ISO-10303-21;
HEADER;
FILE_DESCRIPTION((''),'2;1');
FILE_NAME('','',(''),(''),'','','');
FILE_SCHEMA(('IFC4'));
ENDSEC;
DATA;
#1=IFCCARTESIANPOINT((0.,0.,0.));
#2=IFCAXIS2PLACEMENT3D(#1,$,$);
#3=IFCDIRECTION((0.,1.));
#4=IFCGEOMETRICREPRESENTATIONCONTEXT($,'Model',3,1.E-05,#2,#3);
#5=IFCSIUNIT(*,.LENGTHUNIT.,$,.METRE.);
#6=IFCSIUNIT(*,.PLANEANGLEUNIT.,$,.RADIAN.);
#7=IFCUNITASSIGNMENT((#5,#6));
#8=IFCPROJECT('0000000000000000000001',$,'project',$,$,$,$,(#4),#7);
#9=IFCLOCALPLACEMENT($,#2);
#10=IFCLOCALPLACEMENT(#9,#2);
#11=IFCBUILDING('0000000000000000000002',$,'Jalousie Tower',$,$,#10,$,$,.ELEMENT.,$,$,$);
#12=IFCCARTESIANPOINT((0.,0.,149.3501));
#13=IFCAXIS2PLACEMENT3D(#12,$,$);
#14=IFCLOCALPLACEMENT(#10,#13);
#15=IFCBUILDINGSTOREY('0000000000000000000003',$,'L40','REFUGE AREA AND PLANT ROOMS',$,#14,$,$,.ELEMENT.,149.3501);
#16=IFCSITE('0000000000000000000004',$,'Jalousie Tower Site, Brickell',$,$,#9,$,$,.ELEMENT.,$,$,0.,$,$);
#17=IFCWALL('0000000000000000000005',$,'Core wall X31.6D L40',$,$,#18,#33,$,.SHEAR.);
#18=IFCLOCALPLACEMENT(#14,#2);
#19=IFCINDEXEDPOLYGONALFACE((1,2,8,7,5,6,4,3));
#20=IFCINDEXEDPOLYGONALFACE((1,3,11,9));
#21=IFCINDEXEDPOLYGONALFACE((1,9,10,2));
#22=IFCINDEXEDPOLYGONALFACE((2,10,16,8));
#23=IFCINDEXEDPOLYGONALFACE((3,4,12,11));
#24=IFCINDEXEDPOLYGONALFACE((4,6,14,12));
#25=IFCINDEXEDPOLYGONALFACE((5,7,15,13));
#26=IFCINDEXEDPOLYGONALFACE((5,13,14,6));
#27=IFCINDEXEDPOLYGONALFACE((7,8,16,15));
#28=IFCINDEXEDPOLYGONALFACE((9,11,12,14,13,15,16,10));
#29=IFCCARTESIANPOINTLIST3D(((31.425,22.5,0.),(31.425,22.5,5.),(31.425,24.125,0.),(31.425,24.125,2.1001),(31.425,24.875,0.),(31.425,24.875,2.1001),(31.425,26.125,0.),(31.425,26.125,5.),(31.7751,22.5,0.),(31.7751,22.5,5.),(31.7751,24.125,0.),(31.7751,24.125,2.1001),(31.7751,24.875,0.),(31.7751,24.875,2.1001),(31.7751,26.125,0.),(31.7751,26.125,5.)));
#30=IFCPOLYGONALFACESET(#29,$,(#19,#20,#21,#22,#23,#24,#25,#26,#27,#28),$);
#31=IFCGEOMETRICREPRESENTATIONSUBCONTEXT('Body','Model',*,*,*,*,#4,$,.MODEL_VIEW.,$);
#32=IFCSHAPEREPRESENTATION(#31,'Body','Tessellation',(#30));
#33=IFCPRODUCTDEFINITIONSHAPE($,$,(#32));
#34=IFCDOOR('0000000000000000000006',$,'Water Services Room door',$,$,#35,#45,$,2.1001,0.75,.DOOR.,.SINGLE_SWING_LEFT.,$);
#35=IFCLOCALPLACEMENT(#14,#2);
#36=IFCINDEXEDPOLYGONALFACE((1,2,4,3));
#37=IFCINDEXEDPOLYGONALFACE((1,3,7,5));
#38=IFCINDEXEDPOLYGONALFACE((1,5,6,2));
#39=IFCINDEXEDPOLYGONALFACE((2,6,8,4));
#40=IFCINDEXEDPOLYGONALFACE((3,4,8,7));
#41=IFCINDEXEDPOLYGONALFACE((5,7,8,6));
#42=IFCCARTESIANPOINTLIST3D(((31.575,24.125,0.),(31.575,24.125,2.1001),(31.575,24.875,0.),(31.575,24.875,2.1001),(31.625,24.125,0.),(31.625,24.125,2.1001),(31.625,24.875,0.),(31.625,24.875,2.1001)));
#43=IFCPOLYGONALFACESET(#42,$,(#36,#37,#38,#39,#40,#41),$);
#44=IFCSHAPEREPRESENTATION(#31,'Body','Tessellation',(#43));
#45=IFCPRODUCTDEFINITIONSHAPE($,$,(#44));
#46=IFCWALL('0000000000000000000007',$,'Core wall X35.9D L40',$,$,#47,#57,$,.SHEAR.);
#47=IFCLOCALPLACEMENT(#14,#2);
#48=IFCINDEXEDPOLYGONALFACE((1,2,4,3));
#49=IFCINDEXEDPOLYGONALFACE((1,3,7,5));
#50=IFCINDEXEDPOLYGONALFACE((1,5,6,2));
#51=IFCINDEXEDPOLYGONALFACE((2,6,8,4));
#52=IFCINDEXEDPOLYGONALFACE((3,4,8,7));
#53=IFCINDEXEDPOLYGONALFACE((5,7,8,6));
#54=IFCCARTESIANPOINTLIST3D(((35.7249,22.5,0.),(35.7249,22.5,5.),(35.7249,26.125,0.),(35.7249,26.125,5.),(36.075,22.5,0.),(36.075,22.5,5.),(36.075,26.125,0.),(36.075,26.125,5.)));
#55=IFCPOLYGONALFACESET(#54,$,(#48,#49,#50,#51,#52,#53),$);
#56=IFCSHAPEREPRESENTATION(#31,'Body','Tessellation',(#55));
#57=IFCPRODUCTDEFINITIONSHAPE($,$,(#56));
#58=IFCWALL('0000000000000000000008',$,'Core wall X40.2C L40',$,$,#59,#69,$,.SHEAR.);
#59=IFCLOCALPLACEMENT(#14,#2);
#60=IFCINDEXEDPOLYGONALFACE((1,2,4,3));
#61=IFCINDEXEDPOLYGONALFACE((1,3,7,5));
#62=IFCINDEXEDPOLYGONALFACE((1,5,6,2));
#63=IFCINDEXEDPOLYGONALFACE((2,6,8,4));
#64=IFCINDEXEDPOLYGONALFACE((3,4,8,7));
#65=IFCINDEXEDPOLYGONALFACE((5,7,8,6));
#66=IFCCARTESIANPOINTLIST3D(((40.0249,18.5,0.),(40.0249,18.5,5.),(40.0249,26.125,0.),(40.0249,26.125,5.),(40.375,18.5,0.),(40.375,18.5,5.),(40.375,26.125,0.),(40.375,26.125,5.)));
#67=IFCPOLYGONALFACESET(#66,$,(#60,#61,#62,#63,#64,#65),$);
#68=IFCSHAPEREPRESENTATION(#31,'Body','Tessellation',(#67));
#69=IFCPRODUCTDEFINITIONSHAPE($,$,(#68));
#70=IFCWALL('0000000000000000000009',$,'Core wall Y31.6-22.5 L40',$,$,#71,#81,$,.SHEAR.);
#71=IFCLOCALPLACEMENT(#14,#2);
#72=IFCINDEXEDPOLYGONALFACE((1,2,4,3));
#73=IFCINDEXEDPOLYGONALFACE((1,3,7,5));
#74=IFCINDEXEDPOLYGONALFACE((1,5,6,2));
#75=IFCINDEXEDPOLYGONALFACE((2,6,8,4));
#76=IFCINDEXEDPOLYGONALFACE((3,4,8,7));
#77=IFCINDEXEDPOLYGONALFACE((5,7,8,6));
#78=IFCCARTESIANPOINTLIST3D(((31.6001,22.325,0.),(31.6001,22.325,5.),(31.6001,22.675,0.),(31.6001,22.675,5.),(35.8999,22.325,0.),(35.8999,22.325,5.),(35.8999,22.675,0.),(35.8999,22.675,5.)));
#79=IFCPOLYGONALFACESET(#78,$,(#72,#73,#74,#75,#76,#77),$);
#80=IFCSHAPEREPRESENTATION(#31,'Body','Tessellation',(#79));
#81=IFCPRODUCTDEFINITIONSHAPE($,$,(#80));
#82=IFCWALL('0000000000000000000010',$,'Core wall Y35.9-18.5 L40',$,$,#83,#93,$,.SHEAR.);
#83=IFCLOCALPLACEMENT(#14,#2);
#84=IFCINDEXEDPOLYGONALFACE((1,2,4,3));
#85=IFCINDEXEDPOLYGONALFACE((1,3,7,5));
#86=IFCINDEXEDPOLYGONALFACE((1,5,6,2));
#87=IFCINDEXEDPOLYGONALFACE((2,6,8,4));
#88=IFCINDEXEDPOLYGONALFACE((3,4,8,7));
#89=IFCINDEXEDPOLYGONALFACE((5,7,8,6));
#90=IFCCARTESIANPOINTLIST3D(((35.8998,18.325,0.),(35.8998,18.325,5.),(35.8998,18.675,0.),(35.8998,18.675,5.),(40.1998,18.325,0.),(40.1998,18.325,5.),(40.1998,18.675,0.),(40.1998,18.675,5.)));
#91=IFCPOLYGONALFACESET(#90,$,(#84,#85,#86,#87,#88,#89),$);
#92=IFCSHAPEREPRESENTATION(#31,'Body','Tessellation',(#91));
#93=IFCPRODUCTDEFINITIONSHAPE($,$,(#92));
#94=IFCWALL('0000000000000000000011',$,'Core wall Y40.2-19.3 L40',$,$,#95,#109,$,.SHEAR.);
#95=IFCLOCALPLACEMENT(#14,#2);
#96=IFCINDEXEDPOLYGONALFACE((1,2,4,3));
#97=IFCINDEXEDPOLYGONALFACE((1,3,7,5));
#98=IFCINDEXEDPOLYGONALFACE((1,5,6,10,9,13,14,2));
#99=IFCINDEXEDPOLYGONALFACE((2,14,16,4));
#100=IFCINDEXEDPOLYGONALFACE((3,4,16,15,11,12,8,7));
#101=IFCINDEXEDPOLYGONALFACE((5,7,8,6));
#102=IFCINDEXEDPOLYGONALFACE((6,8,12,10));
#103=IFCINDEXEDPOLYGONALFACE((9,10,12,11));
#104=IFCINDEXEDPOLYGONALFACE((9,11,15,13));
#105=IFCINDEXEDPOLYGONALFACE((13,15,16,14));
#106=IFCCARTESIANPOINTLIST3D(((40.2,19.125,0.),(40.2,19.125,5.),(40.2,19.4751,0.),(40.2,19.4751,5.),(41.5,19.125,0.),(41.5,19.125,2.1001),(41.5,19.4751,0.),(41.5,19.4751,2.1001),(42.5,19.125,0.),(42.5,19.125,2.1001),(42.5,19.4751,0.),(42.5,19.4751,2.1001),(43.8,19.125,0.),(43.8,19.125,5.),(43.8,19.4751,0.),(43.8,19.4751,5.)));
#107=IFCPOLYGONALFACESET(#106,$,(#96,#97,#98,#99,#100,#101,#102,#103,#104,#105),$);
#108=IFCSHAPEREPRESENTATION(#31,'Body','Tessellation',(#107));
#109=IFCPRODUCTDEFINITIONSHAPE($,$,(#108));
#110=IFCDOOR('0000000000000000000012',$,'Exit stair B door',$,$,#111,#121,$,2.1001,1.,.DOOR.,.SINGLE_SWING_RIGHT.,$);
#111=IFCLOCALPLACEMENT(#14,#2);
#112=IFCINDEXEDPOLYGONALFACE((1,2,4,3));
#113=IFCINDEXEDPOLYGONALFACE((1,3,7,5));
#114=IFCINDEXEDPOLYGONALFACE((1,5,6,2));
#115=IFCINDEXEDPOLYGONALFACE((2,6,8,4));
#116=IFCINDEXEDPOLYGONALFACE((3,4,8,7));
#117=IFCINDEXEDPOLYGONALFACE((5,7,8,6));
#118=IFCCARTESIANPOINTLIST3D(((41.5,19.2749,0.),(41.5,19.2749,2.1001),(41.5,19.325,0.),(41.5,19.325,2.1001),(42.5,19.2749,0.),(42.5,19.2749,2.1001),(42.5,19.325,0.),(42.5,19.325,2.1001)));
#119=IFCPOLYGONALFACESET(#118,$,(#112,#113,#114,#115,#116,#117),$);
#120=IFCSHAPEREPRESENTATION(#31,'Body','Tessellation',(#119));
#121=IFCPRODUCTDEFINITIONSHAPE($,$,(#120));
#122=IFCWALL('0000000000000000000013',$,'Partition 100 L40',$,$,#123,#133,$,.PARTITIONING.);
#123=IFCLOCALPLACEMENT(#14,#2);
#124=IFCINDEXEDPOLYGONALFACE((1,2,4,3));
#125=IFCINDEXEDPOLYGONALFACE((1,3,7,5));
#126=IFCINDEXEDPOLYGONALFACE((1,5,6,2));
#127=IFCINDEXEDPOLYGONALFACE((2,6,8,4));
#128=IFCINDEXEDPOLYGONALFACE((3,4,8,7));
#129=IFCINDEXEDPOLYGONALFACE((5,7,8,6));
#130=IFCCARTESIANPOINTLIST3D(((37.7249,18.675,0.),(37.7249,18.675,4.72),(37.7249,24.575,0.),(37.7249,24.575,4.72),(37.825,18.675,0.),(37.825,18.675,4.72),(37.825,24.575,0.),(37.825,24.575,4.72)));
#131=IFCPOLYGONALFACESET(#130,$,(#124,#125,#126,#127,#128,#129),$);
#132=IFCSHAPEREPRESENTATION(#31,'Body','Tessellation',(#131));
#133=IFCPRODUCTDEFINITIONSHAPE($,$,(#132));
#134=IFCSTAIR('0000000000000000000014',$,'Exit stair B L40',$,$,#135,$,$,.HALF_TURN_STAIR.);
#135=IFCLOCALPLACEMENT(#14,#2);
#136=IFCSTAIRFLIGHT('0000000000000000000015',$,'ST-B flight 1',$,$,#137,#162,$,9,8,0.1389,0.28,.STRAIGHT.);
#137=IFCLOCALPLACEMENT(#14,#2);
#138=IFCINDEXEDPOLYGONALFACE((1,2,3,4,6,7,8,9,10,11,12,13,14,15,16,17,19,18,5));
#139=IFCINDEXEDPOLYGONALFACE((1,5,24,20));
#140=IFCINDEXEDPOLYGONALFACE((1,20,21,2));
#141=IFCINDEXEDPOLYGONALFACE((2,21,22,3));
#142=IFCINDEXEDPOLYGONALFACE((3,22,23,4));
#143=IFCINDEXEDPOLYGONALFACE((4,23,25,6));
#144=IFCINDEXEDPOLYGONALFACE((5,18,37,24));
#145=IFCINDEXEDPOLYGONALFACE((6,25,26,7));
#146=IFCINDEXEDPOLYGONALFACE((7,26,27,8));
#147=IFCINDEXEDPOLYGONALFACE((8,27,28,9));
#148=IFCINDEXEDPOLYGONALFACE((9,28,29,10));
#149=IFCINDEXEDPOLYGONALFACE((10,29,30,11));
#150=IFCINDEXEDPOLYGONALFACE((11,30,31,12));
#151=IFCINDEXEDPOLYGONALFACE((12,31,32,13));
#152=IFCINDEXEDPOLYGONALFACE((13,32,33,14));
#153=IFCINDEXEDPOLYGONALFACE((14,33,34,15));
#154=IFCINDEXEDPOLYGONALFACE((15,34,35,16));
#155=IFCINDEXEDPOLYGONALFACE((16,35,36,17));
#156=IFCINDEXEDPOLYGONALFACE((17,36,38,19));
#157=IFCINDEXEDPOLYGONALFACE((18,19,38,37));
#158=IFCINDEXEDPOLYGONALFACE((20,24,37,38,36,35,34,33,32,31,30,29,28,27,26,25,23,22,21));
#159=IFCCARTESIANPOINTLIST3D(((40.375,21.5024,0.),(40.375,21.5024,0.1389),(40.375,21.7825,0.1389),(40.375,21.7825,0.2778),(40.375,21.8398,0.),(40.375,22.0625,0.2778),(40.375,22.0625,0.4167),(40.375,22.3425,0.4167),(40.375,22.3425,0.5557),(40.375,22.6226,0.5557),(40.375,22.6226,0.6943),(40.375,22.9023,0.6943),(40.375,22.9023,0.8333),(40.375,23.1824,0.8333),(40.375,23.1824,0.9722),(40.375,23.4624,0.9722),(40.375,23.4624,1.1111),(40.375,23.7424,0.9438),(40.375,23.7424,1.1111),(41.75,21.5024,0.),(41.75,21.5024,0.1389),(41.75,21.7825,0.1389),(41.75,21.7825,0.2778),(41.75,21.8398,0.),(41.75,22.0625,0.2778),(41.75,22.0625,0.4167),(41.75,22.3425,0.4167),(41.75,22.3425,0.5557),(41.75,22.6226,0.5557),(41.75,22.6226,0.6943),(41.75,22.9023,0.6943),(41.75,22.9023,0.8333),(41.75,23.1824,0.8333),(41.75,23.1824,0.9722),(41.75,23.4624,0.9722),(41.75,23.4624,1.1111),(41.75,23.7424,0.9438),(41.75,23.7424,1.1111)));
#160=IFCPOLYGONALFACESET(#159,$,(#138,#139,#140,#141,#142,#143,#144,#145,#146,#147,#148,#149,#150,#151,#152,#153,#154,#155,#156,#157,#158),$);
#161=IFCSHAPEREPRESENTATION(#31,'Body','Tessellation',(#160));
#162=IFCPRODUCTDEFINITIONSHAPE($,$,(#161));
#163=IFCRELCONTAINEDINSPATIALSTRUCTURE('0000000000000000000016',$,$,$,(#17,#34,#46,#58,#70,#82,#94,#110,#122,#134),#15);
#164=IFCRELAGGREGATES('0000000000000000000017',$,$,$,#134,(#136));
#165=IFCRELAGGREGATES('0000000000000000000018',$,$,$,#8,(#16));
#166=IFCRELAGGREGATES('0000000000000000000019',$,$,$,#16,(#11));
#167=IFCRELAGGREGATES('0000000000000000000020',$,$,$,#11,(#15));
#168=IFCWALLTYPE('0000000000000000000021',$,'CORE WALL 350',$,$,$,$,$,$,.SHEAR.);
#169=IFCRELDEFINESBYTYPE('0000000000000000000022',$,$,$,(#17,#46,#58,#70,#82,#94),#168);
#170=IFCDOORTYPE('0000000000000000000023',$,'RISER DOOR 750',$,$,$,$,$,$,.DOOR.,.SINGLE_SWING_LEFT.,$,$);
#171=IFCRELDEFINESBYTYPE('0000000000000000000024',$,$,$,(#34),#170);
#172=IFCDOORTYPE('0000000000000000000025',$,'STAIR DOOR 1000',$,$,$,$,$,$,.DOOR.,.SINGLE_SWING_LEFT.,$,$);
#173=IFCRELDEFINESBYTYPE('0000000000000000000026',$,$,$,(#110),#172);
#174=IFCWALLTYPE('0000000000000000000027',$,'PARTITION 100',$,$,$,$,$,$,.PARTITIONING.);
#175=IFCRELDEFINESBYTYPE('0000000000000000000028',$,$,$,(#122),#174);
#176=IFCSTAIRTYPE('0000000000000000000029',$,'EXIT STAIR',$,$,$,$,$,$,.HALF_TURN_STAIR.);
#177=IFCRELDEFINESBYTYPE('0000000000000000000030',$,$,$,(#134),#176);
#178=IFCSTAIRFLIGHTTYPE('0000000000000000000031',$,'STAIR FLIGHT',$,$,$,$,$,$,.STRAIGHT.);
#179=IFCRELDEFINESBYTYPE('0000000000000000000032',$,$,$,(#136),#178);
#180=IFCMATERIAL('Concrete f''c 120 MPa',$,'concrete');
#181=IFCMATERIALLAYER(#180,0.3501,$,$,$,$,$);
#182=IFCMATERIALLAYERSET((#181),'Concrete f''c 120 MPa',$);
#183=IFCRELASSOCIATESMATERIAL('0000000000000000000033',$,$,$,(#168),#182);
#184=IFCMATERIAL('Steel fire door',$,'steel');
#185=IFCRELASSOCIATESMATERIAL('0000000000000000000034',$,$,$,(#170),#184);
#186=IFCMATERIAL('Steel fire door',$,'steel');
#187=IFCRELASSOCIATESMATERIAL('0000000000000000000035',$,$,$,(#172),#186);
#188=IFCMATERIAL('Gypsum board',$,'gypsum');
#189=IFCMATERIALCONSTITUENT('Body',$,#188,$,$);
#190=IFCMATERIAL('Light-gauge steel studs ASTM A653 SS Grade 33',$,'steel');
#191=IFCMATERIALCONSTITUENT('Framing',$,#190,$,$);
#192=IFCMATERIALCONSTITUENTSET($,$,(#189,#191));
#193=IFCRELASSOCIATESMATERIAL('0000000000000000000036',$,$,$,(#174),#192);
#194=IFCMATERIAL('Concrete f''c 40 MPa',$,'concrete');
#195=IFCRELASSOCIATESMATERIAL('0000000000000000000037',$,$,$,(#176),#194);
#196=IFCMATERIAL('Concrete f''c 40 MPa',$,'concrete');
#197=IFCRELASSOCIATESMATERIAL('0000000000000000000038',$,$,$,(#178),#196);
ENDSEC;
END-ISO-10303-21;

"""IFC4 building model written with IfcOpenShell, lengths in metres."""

from ifc_helpers import new_model, si_unit, direction, frame, frame_2d, origin, place, context, subcontext, project, spatial, polyline, rectangle, outline, extrude, material, layer, layer_set, constituent, constituent_set, type_object, element, fill, aggregate, save


model = new_model("IFC4")

# Units and contexts
model_context = context("Model", 3, precision=1e-05, world=origin(), true_north=direction((0.0, 1.0)))
body_context = subcontext(model_context, "Body", "Model", "MODEL_VIEW")
ifc_project = project(units=[si_unit("LENGTHUNIT", "METRE"), si_unit("PLANEANGLEUNIT", "RADIAN")], contexts=[model_context])

# Site, building, storey
site_placement = place(None, origin())
site = spatial("IfcSite", under=ifc_project, at=site_placement, Name="Jalousie Tower Site, Brickell", CompositionType="ELEMENT", RefElevation=0.0)
building_placement = place(site_placement, origin())
building = spatial("IfcBuilding", under=site, at=building_placement, Name="Jalousie Tower", CompositionType="ELEMENT")
storey_placement = place(building_placement, frame((0.0, 0.0, 149.3501)))
storey = spatial("IfcBuildingStorey", under=building, at=storey_placement, Name="L40", Description="REFUGE AREA AND PLANT ROOMS", CompositionType="ELEMENT", Elevation=149.3501)

# Wall, opening, door
ifc_material_1 = material(Name="Concrete f'c 120 MPa", Category="concrete")
ifc_layer = layer(ifc_material_1, 0.3501)
ifc_layer_set = layer_set([ifc_layer], Name="Concrete f'c 120 MPa")
wall_type_1 = type_object("IfcWallType", Name="CORE WALL 350", PredefinedType="SHEAR", material=ifc_layer_set)
wall_1_placement = place(storey_placement, frame((31.6001, 22.5, 0.0), z_axis=(0.0, 0.0, 1.0), x_axis=(0.0, 1.0, 0.0)))
wall_1 = element("IfcWall", 1, at=wall_1_placement, inside=storey, type_object=wall_type_1, Name="Core wall X31.6D L40", PredefinedType="SHEAR", context=body_context, shape_type="SweptSolid", body=[
    extrude(rectangle(XDim=3.625, YDim=0.3501, at=frame_2d((1.8125, 0.0))), origin(), (0.0, 0.0, 1.0), 5.0),
])
opening_1_placement = place(wall_1_placement, frame((1.625, 0.0, 0.0)))
opening_1 = element("IfcOpeningElement", 2, at=opening_1_placement, cuts=wall_1, PredefinedType="OPENING", context=body_context, shape_type="SweptSolid", body=[
    extrude(rectangle(XDim=0.75, YDim=2.1001, at=frame_2d((0.375, 1.05))), frame((0.0, 0.1851, 0.0), z_axis=(0.0, -1.0, 0.0), x_axis=(1.0, 0.0, 0.0)), (0.0, 0.0, 1.0), 0.3701),
])
ifc_material_2 = material(Name="Steel fire door", Category="steel")
door_type_1 = type_object("IfcDoorType", Name="RISER DOOR 750", OperationType="SINGLE_SWING_LEFT", PredefinedType="DOOR", material=ifc_material_2)
door_1_placement = place(opening_1_placement, frame((0.75, 0.0, 0.0), z_axis=(0.0, 0.0, 1.0), x_axis=(-1.0, 0.0, 0.0)))
door_1 = element("IfcDoor", 3, at=door_1_placement, inside=storey, type_object=door_type_1, Name="Water Services Room door", OperationType="SINGLE_SWING_LEFT", OverallHeight=2.1001, OverallWidth=0.75, PredefinedType="DOOR", context=body_context, shape_type="SweptSolid", body=[
    extrude(rectangle(XDim=0.75, YDim=2.1001, at=frame_2d((0.375, 1.05))), frame((0.0, 0.0249, 0.0), z_axis=(0.0, -1.0, 0.0), x_axis=(1.0, 0.0, 0.0)), (0.0, 0.0, 1.0), 0.05),
])
fill(opening_1, door_1)

# Walls
wall_2_placement = place(storey_placement, frame((35.8999, 22.5, 0.0), z_axis=(0.0, 0.0, 1.0), x_axis=(0.0, 1.0, 0.0)))
element("IfcWall", 4, at=wall_2_placement, inside=storey, type_object=wall_type_1, Name="Core wall X35.9D L40", PredefinedType="SHEAR", context=body_context, shape_type="SweptSolid", body=[
    extrude(rectangle(XDim=3.625, YDim=0.3501, at=frame_2d((1.8125, 0.0))), origin(), (0.0, 0.0, 1.0), 5.0),
])
wall_3_placement = place(storey_placement, frame((40.2, 18.5, 0.0), z_axis=(0.0, 0.0, 1.0), x_axis=(0.0, 1.0, 0.0)))
element("IfcWall", 5, at=wall_3_placement, inside=storey, type_object=wall_type_1, Name="Core wall X40.2C L40", PredefinedType="SHEAR", context=body_context, shape_type="SweptSolid", body=[
    extrude(rectangle(XDim=7.625, YDim=0.3501, at=frame_2d((3.8125, 0.0))), origin(), (0.0, 0.0, 1.0), 5.0),
])
wall_4_placement = place(storey_placement, frame((31.6001, 22.5, 0.0), z_axis=(0.0, 0.0, 1.0), x_axis=(1.0, 0.0, 0.0)))
element("IfcWall", 6, at=wall_4_placement, inside=storey, type_object=wall_type_1, Name="Core wall Y31.6-22.5 L40", PredefinedType="SHEAR", context=body_context, shape_type="SweptSolid", body=[
    extrude(rectangle(XDim=4.2998, YDim=0.3501, at=frame_2d((2.1499, 0.0))), origin(), (0.0, 0.0, 1.0), 5.0),
])
wall_5_placement = place(storey_placement, frame((35.8999, 18.5, 0.0), z_axis=(0.0, 0.0, 1.0), x_axis=(1.0, 0.0, 0.0)))
element("IfcWall", 7, at=wall_5_placement, inside=storey, type_object=wall_type_1, Name="Core wall Y35.9-18.5 L40", PredefinedType="SHEAR", context=body_context, shape_type="SweptSolid", body=[
    extrude(rectangle(XDim=4.3, YDim=0.3501, at=frame_2d((2.1499, 0.0))), origin(), (0.0, 0.0, 1.0), 5.0),
])

# Wall, opening, door
wall_6_placement = place(storey_placement, frame((40.2, 19.3, 0.0), z_axis=(0.0, 0.0, 1.0), x_axis=(1.0, 0.0, 0.0)))
wall_6 = element("IfcWall", 8, at=wall_6_placement, inside=storey, type_object=wall_type_1, Name="Core wall Y40.2-19.3 L40", PredefinedType="SHEAR", context=body_context, shape_type="SweptSolid", body=[
    extrude(rectangle(XDim=3.6001, YDim=0.3501, at=frame_2d((1.8, 0.0))), origin(), (0.0, 0.0, 1.0), 5.0),
])
opening_2_placement = place(wall_6_placement, frame((1.3, 0.0, 0.0)))
opening_2 = element("IfcOpeningElement", 9, at=opening_2_placement, cuts=wall_6, PredefinedType="OPENING", context=body_context, shape_type="SweptSolid", body=[
    extrude(rectangle(XDim=1.0, YDim=2.1001, at=frame_2d((0.5, 1.05))), frame((0.0, 0.1851, 0.0), z_axis=(0.0, -1.0, 0.0), x_axis=(1.0, 0.0, 0.0)), (0.0, 0.0, 1.0), 0.3701),
])
ifc_material_3 = material(Name="Steel fire door", Category="steel")
door_type_2 = type_object("IfcDoorType", Name="STAIR DOOR 1000", OperationType="SINGLE_SWING_LEFT", PredefinedType="DOOR", material=ifc_material_3)
door_2_placement = place(opening_2_placement, origin())
door_2 = element("IfcDoor", 10, at=door_2_placement, inside=storey, type_object=door_type_2, Name="Exit stair B door", OperationType="SINGLE_SWING_RIGHT", OverallHeight=2.1001, OverallWidth=1.0, PredefinedType="DOOR", context=body_context, shape_type="SweptSolid", body=[
    extrude(rectangle(XDim=1.0, YDim=2.1001, at=frame_2d((0.5, 1.05))), frame((0.0, 0.0249, 0.0), z_axis=(0.0, -1.0, 0.0), x_axis=(1.0, 0.0, 0.0)), (0.0, 0.0, 1.0), 0.05),
])
fill(opening_2, door_2)

# Wall
ifc_material_4 = material(Name="Gypsum board", Category="gypsum")
ifc_constituent_1 = constituent(ifc_material_4, Name="Body")
ifc_material_5 = material(Name="Light-gauge steel studs ASTM A653 SS Grade 33", Category="steel")
ifc_constituent_2 = constituent(ifc_material_5, Name="Framing")
ifc_constituent_set_1 = constituent_set(constituents=[ifc_constituent_1, ifc_constituent_2])
wall_type_2 = type_object("IfcWallType", Name="PARTITION 100", PredefinedType="PARTITIONING", material=ifc_constituent_set_1)
wall_7_placement = place(storey_placement, frame((37.7749, 18.675, 0.0), z_axis=(0.0, 0.0, 1.0), x_axis=(0.0, 1.0, 0.0)))
element("IfcWall", 11, at=wall_7_placement, inside=storey, type_object=wall_type_2, Name="Partition 100 L40", PredefinedType="PARTITIONING", context=body_context, shape_type="SweptSolid", body=[
    extrude(rectangle(XDim=5.8999, YDim=0.1001, at=frame_2d((2.95, 0.0))), origin(), (0.0, 0.0, 1.0), 4.72),
])

# Stair, stair flight
ifc_material_6 = material(Name="Concrete f'c 40 MPa", Category="concrete")
stair_type = type_object("IfcStairType", Name="EXIT STAIR", PredefinedType="HALF_TURN_STAIR", material=ifc_material_6)
stair_placement = place(storey_placement, origin())
stair = element("IfcStair", 12, at=stair_placement, inside=storey, type_object=stair_type, Name="Exit stair B L40", PredefinedType="HALF_TURN_STAIR")
ifc_material_7 = material(Name="Concrete f'c 40 MPa", Category="concrete")
stair_flight_type = type_object("IfcStairFlightType", Name="STAIR FLIGHT", PredefinedType="STRAIGHT", material=ifc_material_7)
stair_flight_1_placement = place(storey_placement, frame((41.0625, 21.5024, 0.0), z_axis=(0.0, 0.0, 1.0), x_axis=(0.0, 1.0, 0.0)))
stair_flight_1 = element("IfcStairFlight", 13, at=stair_flight_1_placement, type_object=stair_flight_type, Name="ST-B flight 1", NumberOfRisers=9, NumberOfTreads=8, PredefinedType="STRAIGHT", RiserHeight=0.1389, TreadLength=0.28, context=body_context, shape_type="SweptSolid", body=[
    extrude(outline(polyline([(0.0, 0.0), (0.0, 0.1389), (0.28, 0.1389), (0.28, 0.2778), (0.5601, 0.2778), (0.5601, 0.4167), (0.8401, 0.4167), (0.8401, 0.5557), (1.1201, 0.5557), (1.1201, 0.6943), (1.3999, 0.6943), (1.3999, 0.8333), (1.6799, 0.8333), (1.6799, 0.9722), (1.96, 0.9722), (1.96, 1.1111), (2.24, 1.1111), (2.24, 1.25), (2.24, 0.9438), (0.3374, 0.0), (0.0, 0.0)])), frame((0.0, 0.6875, 0.0), z_axis=(0.0, -1.0, 0.0), x_axis=(1.0, 0.0, 0.0)), (0.0, 0.0, 1.0), 1.375),
])
aggregate(stair, [stair_flight_1])

save(model, "model.ifc")
